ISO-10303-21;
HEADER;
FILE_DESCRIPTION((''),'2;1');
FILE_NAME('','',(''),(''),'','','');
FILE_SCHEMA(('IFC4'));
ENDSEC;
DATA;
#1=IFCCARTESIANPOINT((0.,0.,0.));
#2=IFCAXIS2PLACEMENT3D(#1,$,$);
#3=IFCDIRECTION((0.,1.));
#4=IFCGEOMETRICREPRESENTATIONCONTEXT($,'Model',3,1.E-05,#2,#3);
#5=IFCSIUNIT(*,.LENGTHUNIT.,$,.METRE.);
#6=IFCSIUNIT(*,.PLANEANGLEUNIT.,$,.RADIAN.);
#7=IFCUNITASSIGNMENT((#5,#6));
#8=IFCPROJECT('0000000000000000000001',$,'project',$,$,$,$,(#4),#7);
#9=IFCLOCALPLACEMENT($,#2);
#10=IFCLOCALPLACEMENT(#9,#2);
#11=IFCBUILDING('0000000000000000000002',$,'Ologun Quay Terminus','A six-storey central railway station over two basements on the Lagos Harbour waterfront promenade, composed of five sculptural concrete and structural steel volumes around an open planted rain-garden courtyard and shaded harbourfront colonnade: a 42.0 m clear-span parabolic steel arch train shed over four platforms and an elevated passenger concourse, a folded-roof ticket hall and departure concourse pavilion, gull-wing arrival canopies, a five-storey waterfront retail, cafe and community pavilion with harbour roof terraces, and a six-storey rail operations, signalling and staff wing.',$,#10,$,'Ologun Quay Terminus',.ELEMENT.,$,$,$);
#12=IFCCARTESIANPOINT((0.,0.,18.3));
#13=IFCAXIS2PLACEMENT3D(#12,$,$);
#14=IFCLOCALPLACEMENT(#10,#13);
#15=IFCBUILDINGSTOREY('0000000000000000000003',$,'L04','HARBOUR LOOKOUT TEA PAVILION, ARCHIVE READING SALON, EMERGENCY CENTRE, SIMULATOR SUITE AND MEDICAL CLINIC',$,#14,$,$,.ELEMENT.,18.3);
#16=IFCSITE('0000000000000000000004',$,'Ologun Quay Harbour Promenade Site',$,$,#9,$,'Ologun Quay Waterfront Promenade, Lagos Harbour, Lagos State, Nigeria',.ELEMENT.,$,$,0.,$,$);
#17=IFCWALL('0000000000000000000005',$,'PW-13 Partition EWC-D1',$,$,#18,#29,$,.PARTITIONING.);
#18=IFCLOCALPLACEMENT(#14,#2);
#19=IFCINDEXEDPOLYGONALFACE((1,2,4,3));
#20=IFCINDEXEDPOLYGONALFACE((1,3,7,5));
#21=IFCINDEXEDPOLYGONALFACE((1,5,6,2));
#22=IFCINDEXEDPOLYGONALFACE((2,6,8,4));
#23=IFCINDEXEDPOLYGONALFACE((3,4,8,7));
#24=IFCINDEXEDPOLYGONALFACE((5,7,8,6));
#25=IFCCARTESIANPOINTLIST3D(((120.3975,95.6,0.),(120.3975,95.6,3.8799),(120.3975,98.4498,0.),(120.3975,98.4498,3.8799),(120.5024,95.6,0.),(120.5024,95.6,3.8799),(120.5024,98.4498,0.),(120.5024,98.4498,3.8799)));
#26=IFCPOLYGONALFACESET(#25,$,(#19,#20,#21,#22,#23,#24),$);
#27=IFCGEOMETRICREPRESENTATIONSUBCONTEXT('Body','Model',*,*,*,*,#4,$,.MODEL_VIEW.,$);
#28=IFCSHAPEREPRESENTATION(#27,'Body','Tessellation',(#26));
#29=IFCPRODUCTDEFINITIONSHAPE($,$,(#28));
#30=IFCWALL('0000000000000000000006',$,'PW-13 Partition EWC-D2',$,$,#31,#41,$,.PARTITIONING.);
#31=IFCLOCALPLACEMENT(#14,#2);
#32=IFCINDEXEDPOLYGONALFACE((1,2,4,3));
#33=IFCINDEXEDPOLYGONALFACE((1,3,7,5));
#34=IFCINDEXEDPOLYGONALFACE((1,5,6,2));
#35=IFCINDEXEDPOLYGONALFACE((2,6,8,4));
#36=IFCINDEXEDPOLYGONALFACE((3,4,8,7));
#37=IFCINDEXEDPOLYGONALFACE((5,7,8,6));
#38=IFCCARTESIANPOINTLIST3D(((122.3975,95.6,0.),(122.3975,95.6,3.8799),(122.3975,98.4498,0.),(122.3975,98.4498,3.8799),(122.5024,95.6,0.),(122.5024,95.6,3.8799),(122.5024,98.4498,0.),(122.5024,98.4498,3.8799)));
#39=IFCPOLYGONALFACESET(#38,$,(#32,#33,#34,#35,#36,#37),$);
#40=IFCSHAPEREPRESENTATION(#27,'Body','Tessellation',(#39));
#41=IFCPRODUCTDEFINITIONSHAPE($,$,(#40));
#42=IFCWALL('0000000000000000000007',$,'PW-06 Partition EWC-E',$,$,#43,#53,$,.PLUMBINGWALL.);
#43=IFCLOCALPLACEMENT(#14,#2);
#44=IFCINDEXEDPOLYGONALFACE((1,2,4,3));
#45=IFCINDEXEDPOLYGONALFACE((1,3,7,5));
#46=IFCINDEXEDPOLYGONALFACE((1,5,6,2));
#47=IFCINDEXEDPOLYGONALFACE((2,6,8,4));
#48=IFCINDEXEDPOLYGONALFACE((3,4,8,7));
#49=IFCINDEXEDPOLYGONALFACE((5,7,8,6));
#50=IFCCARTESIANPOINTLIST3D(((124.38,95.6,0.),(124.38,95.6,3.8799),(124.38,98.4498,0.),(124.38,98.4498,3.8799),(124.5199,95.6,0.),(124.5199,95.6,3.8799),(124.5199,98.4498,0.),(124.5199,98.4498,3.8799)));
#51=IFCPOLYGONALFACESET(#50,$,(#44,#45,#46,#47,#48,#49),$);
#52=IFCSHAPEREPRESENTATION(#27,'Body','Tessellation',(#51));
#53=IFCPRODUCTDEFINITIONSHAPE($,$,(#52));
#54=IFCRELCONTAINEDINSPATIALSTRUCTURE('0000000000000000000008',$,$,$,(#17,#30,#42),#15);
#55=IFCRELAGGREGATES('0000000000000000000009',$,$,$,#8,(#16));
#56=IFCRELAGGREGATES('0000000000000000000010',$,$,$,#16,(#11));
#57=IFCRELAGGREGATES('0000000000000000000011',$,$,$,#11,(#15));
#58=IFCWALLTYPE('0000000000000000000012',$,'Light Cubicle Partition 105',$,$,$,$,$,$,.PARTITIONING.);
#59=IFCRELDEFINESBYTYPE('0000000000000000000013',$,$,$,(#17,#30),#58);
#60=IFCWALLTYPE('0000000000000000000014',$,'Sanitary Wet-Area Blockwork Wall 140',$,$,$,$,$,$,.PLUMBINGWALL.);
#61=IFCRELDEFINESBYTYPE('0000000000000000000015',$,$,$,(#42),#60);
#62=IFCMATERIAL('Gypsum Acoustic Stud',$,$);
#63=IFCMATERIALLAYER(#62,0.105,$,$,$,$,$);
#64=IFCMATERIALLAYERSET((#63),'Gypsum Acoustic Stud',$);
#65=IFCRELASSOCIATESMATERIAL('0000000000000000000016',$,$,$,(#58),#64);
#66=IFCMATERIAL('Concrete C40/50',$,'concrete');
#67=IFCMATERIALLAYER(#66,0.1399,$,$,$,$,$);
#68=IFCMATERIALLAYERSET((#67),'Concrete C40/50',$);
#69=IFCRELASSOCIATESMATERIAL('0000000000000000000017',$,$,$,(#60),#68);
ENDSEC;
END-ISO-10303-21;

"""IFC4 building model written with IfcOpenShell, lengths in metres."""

from ifc_helpers import new_model, si_unit, direction, frame, frame_2d, origin, place, context, subcontext, project, spatial, rectangle, extrude, material, layer, layer_set, type_object, element, save


model = new_model("IFC4")

# Units and contexts
model_context = context("Model", 3, precision=1e-05, world=origin(), true_north=direction((0.0, 1.0)))
body_context = subcontext(model_context, "Body", "Model", "MODEL_VIEW")
ifc_project = project(units=[si_unit("LENGTHUNIT", "METRE"), si_unit("PLANEANGLEUNIT", "RADIAN")], contexts=[model_context])

# Site, building, storey
site_placement = place(None, origin())
site = spatial("IfcSite", under=ifc_project, at=site_placement, Name="Ologun Quay Harbour Promenade Site", LongName="Ologun Quay Waterfront Promenade, Lagos Harbour, Lagos State, Nigeria", CompositionType="ELEMENT", RefElevation=0.0)
building_placement = place(site_placement, origin())
building = spatial("IfcBuilding", under=site, at=building_placement, Name="Ologun Quay Terminus", Description="A six-storey central railway station over two basements on the Lagos Harbour waterfront promenade, composed of five sculptural concrete and structural steel volumes around an open planted rain-garden courtyard and shaded harbourfront colonnade: a 42.0 m clear-span parabolic steel arch train shed over four platforms and an elevated passenger concourse, a folded-roof ticket hall and departure concourse pavilion, gull-wing arrival canopies, a five-storey waterfront retail, cafe and community pavilion with harbour roof terraces, and a six-storey rail operations, signalling and staff wing.", LongName="Ologun Quay Terminus", CompositionType="ELEMENT")
storey_placement = place(building_placement, frame((0.0, 0.0, 18.3)))
storey = spatial("IfcBuildingStorey", under=building, at=storey_placement, Name="L04", Description="HARBOUR LOOKOUT TEA PAVILION, ARCHIVE READING SALON, EMERGENCY CENTRE, SIMULATOR SUITE AND MEDICAL CLINIC", CompositionType="ELEMENT", Elevation=18.3)

# Walls
ifc_material_1 = material(Name="Gypsum Acoustic Stud")
ifc_layer_1 = layer(ifc_material_1, 0.105)
ifc_layer_set_1 = layer_set([ifc_layer_1], Name="Gypsum Acoustic Stud")
wall_type_1 = type_object("IfcWallType", Name="Light Cubicle Partition 105", PredefinedType="PARTITIONING", material=ifc_layer_set_1)
for number, where, z_axis, x_axis, name in (
    (1, (120.45, 95.6001, 0.0), (0.0, 0.0, 1.0), (0.0, 1.0, 0.0), "PW-13 Partition EWC-D1"),
    (2, (122.45, 95.6001, 0.0), (0.0, 0.0, 1.0), (0.0, 1.0, 0.0), "PW-13 Partition EWC-D2"),
):
    element("IfcWall", number, at=place(storey_placement, frame(where, z_axis=z_axis, x_axis=x_axis)), inside=storey, type_object=wall_type_1, Name=name, PredefinedType="PARTITIONING", context=body_context, shape_type="SweptSolid", body=[
        extrude(rectangle(XDim=2.8499, YDim=0.105, at=frame_2d((1.4248, 0.0))), origin(), (0.0, 0.0, 1.0), 3.8799),
    ])
ifc_material_2 = material(Name="Concrete C40/50", Category="concrete")
ifc_layer_2 = layer(ifc_material_2, 0.1399)
ifc_layer_set_2 = layer_set([ifc_layer_2], Name="Concrete C40/50")
wall_type_2 = type_object("IfcWallType", Name="Sanitary Wet-Area Blockwork Wall 140", PredefinedType="PLUMBINGWALL", material=ifc_layer_set_2)
wall_1_placement = place(storey_placement, frame((124.45, 95.6001, 0.0), z_axis=(0.0, 0.0, 1.0), x_axis=(0.0, 1.0, 0.0)))
element("IfcWall", 3, at=wall_1_placement, inside=storey, type_object=wall_type_2, Name="PW-06 Partition EWC-E", PredefinedType="PLUMBINGWALL", context=body_context, shape_type="SweptSolid", body=[
    extrude(rectangle(XDim=2.8499, YDim=0.1399, at=frame_2d((1.4248, 0.0))), origin(), (0.0, 0.0, 1.0), 3.8799),
])

save(model, "model.ifc")
